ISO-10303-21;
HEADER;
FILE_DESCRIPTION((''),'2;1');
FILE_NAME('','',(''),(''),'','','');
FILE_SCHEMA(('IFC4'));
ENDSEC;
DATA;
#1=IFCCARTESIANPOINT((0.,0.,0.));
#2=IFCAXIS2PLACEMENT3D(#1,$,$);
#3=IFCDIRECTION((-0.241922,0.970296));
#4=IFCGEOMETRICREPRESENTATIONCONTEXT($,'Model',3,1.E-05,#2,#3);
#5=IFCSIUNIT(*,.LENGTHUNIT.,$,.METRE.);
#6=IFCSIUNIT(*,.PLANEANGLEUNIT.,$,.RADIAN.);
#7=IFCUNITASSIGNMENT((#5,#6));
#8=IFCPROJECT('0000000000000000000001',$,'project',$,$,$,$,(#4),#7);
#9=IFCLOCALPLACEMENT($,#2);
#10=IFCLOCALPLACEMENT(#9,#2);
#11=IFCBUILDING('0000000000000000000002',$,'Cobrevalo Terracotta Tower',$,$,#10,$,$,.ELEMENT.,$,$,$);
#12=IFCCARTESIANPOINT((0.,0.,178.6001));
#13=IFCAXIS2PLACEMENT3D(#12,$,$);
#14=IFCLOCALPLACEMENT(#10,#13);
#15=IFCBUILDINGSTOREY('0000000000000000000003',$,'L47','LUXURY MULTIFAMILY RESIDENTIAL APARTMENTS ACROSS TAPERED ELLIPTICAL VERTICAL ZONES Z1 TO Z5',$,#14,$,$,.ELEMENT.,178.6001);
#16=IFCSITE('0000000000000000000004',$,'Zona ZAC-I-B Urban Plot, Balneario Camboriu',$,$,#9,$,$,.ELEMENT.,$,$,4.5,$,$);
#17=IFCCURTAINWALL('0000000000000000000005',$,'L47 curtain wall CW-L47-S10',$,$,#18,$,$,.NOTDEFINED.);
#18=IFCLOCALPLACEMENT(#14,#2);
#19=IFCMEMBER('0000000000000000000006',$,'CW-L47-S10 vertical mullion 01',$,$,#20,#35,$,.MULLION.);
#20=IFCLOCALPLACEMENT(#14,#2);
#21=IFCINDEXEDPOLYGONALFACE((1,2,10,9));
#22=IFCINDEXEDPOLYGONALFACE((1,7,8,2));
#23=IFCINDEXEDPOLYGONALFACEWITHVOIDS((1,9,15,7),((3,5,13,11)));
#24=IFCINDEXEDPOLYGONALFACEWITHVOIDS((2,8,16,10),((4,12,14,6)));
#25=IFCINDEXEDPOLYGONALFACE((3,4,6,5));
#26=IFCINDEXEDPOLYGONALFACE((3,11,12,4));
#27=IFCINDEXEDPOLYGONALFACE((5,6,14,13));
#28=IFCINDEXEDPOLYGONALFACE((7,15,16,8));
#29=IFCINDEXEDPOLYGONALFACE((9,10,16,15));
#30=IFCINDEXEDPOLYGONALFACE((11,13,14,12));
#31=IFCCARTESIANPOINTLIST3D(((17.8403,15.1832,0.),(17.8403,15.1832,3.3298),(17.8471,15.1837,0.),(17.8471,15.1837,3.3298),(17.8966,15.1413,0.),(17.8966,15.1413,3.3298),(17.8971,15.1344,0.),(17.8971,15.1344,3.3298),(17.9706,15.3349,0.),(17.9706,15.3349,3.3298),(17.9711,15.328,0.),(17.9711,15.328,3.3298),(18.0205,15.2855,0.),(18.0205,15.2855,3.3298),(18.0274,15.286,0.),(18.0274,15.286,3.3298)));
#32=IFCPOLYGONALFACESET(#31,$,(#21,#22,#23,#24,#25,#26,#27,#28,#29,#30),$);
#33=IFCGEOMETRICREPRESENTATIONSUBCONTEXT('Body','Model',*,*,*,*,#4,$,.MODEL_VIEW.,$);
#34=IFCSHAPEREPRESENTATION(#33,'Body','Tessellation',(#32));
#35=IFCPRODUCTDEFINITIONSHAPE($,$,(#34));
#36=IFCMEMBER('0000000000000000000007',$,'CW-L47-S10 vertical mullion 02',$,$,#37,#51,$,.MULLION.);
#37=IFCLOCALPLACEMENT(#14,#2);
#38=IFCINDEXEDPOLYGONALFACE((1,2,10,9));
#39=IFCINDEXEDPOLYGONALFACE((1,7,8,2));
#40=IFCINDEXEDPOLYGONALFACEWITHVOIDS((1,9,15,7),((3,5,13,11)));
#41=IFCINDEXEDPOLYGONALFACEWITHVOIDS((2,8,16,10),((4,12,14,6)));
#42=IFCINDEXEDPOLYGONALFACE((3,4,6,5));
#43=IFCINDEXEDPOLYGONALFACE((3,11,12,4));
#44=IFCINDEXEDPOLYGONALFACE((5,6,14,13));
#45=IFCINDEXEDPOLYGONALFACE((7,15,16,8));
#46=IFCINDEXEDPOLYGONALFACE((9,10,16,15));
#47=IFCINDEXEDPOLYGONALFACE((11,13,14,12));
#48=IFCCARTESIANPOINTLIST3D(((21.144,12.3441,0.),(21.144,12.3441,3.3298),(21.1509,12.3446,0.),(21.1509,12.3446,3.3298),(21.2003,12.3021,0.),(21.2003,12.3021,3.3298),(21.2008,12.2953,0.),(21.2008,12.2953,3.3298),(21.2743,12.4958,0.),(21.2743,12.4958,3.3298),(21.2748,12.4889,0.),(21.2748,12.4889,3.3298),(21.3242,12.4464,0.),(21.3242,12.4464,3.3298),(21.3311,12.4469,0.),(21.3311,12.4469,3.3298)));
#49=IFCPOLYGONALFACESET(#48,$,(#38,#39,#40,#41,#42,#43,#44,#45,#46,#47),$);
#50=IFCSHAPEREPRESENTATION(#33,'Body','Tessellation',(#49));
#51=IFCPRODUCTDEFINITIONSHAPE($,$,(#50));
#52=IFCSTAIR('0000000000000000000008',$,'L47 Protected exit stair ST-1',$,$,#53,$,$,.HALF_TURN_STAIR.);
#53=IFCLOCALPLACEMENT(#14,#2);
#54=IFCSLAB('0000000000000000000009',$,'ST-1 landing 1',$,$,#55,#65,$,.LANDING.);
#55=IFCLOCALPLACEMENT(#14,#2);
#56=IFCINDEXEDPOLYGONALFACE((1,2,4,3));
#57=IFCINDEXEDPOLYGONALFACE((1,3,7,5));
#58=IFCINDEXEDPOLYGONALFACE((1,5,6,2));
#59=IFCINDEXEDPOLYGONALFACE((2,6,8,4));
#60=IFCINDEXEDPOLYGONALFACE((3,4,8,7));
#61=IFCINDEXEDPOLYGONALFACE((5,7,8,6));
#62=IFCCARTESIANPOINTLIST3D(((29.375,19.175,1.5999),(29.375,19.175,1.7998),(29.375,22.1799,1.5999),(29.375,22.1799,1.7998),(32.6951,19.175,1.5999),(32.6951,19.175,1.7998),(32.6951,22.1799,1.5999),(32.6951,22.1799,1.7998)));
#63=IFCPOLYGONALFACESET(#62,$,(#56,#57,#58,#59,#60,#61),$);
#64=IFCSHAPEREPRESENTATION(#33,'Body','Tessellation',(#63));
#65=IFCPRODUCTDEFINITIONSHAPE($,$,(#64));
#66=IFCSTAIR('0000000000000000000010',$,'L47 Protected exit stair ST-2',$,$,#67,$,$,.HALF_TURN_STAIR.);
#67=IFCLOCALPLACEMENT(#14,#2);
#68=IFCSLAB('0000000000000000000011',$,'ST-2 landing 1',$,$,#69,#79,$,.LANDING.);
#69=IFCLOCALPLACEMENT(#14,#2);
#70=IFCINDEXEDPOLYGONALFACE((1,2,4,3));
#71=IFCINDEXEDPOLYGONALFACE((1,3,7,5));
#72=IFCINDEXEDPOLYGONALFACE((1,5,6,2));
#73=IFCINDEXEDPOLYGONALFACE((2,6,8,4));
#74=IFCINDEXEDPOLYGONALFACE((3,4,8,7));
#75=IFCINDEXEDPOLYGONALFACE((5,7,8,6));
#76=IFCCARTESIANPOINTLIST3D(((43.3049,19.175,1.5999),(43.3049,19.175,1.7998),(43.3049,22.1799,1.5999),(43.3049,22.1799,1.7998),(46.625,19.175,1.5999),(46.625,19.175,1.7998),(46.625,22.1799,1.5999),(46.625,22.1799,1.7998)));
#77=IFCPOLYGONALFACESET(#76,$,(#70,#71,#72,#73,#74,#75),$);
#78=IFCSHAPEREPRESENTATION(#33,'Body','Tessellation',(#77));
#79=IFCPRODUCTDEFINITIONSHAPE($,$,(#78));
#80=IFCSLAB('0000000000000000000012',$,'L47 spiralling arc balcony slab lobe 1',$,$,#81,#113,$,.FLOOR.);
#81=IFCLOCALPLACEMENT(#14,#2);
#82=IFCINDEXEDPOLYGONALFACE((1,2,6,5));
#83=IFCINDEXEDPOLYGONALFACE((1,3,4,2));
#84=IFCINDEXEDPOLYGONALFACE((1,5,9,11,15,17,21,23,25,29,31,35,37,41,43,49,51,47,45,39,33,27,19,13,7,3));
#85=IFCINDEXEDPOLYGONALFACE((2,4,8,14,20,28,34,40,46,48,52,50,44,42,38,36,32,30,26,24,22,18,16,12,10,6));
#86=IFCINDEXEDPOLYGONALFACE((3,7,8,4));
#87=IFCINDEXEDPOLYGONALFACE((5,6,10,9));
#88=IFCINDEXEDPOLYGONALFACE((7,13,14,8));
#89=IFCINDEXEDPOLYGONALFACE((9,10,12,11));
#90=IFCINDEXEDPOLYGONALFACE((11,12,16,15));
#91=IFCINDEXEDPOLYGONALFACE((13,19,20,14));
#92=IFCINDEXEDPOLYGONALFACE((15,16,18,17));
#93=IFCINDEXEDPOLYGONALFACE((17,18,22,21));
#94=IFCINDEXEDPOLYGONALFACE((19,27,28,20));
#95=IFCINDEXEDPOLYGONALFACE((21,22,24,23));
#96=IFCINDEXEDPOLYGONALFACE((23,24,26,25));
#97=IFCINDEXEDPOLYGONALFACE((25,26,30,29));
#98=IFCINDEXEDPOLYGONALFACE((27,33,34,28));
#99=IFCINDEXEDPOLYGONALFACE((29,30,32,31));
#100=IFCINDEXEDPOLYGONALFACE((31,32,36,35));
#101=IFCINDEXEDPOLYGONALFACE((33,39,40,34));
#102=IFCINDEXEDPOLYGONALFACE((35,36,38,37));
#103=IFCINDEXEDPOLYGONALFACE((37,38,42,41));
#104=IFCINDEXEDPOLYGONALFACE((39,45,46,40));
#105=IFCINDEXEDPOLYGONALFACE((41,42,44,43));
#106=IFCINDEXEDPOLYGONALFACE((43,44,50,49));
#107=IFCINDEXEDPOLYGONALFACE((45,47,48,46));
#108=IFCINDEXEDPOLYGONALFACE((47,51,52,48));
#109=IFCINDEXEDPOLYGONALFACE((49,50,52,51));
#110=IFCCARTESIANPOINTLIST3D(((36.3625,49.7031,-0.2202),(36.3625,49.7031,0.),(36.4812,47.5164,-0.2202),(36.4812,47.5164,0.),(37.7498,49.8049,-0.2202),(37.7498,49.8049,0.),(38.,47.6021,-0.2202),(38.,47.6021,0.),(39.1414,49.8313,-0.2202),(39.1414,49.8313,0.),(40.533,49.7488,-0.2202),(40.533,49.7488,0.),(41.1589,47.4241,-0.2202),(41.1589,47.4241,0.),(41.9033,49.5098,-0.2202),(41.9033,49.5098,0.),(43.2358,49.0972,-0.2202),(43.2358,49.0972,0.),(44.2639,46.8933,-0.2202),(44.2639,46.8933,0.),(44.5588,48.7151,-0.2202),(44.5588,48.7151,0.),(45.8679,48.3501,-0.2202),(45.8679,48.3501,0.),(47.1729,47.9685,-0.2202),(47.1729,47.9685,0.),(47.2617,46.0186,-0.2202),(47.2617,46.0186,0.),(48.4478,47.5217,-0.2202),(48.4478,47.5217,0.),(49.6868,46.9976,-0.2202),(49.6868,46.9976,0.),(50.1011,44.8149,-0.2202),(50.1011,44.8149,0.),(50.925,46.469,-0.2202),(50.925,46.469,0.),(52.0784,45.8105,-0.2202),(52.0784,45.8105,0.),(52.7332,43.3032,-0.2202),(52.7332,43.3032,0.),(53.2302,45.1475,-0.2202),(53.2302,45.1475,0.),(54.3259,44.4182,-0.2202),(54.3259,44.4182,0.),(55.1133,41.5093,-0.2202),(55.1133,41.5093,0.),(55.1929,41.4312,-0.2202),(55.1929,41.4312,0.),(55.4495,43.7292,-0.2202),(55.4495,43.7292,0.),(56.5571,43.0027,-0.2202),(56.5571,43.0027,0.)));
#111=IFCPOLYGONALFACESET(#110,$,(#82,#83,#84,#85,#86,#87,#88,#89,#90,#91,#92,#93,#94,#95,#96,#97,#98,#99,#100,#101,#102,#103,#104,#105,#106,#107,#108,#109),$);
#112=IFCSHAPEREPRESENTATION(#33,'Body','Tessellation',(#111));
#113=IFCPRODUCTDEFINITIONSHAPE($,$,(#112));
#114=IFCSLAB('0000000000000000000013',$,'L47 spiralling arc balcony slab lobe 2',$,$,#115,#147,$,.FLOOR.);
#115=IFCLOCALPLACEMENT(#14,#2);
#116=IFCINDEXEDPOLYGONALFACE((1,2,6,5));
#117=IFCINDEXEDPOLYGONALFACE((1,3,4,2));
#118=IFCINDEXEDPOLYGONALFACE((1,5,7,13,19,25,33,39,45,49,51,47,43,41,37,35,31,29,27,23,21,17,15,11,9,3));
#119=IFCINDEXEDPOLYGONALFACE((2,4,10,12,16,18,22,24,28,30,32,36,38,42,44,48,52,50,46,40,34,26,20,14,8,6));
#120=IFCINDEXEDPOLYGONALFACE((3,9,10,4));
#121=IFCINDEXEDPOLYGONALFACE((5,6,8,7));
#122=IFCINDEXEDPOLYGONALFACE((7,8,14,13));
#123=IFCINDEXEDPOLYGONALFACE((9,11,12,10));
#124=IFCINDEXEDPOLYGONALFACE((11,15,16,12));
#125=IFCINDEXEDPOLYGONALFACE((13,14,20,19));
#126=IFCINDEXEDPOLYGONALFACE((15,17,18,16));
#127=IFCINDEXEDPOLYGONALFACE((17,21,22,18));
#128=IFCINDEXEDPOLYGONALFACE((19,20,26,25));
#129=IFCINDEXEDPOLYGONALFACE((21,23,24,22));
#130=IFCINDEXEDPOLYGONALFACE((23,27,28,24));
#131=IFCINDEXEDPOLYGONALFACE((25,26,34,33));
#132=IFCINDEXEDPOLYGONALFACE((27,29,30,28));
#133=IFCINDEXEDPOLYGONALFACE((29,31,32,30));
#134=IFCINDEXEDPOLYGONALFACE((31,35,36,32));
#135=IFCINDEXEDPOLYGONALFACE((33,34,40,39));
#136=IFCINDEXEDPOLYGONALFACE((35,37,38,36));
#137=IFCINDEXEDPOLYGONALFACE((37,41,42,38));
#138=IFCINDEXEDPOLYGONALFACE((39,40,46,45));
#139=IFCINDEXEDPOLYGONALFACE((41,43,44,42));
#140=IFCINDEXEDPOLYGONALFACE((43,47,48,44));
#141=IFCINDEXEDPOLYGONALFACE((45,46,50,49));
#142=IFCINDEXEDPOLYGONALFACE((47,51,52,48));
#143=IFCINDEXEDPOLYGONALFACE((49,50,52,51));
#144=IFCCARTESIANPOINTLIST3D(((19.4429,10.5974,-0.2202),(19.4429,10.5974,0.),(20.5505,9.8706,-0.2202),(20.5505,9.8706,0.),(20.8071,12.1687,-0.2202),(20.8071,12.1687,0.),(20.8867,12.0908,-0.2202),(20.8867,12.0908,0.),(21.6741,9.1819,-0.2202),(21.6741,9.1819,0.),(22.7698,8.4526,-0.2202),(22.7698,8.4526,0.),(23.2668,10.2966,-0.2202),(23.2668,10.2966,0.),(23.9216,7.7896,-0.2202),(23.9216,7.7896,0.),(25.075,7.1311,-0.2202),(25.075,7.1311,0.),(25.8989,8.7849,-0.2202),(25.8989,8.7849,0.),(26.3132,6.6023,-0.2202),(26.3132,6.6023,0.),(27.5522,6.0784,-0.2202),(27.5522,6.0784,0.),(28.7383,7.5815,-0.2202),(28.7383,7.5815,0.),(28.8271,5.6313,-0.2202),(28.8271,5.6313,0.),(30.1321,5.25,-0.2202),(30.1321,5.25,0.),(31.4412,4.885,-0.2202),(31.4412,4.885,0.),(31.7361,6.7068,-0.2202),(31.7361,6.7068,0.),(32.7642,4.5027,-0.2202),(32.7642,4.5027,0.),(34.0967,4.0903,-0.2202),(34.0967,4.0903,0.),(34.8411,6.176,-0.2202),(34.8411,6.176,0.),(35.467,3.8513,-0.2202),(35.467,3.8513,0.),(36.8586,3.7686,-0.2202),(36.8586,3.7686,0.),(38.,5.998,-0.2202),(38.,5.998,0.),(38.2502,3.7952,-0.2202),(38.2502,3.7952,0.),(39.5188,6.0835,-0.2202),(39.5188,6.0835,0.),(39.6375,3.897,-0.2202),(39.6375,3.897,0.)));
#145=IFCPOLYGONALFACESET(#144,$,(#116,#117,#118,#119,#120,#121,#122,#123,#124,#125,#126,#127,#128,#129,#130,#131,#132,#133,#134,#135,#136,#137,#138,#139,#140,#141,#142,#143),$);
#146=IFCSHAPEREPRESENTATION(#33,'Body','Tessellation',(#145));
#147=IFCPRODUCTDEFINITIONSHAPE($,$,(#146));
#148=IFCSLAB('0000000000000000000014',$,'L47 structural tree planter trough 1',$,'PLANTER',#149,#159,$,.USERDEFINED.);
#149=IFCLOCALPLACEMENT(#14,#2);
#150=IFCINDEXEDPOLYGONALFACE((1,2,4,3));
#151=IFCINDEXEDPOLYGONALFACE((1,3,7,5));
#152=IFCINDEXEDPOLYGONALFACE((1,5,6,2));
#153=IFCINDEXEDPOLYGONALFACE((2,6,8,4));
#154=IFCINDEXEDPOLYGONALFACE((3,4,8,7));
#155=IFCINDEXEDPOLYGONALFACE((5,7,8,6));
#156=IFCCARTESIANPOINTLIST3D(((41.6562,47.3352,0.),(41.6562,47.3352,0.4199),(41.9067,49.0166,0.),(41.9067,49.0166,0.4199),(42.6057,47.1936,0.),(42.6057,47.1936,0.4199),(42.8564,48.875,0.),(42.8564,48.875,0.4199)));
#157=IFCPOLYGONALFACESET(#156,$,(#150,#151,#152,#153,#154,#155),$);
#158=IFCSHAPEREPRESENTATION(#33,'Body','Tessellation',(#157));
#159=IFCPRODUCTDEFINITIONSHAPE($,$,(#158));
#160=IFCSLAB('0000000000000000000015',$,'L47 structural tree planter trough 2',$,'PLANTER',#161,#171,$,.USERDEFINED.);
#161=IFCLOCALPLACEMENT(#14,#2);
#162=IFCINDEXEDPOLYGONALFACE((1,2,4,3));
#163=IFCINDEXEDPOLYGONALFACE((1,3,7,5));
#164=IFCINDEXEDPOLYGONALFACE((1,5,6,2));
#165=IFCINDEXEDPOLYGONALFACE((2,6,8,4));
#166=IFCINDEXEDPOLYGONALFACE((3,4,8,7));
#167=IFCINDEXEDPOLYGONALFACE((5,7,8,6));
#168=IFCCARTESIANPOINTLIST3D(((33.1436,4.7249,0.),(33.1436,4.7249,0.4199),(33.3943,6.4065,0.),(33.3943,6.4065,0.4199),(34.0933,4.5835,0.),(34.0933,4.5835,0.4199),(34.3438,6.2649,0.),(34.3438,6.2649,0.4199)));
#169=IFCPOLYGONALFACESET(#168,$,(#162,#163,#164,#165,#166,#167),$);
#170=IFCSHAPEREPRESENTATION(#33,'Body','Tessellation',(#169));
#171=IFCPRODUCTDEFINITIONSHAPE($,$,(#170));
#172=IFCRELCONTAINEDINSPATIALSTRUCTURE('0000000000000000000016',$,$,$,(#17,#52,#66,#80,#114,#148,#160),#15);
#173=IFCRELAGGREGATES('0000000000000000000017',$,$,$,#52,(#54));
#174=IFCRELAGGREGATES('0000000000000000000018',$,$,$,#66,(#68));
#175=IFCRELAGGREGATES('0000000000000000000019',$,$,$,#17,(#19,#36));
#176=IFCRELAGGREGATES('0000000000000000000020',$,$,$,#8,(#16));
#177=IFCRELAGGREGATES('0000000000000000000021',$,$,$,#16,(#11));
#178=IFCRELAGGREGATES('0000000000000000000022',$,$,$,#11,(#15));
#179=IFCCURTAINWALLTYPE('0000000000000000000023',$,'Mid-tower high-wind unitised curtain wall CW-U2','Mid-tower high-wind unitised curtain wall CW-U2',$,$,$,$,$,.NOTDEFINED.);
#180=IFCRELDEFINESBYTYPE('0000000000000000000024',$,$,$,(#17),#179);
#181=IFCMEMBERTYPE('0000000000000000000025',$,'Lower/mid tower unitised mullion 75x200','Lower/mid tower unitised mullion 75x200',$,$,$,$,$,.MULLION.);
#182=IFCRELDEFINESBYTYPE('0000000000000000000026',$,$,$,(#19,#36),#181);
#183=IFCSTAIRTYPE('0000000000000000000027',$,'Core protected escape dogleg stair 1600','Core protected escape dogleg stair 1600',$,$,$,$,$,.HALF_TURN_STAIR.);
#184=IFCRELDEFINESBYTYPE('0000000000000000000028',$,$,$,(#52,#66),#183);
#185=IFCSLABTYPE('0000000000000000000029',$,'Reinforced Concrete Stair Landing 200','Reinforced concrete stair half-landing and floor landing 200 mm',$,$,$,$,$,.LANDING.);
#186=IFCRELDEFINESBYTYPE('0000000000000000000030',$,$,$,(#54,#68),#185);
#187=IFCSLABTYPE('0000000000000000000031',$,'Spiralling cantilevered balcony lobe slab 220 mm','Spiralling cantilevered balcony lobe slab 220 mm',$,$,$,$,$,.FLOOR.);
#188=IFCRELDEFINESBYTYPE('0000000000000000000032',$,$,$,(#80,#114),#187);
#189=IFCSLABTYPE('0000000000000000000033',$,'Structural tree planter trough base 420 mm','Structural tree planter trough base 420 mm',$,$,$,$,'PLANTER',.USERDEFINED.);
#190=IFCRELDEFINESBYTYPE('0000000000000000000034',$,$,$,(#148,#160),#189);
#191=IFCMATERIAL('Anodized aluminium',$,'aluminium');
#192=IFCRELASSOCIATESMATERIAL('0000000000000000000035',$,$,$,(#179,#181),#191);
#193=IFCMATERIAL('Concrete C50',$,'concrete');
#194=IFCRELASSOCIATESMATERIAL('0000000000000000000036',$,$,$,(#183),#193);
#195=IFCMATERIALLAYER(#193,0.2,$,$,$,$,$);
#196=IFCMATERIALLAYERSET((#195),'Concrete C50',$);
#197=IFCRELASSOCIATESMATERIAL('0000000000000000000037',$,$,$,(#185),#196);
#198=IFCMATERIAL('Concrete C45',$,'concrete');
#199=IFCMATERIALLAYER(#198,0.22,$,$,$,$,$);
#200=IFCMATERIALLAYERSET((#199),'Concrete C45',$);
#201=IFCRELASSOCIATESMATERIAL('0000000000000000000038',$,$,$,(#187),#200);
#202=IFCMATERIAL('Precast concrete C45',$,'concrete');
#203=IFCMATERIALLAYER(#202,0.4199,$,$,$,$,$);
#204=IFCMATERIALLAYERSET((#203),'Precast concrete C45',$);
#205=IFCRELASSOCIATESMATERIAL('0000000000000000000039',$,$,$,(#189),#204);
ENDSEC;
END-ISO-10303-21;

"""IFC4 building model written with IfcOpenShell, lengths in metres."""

from ifc_helpers import new_model, si_unit, direction, frame, origin, origin_2d, place, context, subcontext, project, spatial, polyline, hollow_rectangle, outline, extrude, source, transform, mapped, material, layer, layer_set, material_profile, profile_set, type_object, element, aggregate, save


model = new_model("IFC4")

# Units and contexts
model_context = context("Model", 3, precision=1e-05, world=origin(), true_north=direction((-0.241922, 0.970296)))
body_context = subcontext(model_context, "Body", "Model", "MODEL_VIEW")
ifc_project = project(units=[si_unit("LENGTHUNIT", "METRE"), si_unit("PLANEANGLEUNIT", "RADIAN")], contexts=[model_context])

# Site, building, storey
site_placement = place(None, origin())
site = spatial("IfcSite", under=ifc_project, at=site_placement, Name="Zona ZAC-I-B Urban Plot, Balneario Camboriu", CompositionType="ELEMENT", RefElevation=4.5)
building_placement = place(site_placement, origin())
building = spatial("IfcBuilding", under=site, at=building_placement, Name="Cobrevalo Terracotta Tower", CompositionType="ELEMENT")
storey_placement = place(building_placement, frame((0.0, 0.0, 178.6001)))
storey = spatial("IfcBuildingStorey", under=building, at=storey_placement, Name="L47", Description="LUXURY MULTIFAMILY RESIDENTIAL APARTMENTS ACROSS TAPERED ELLIPTICAL VERTICAL ZONES Z1 TO Z5", CompositionType="ELEMENT", Elevation=178.6001)

# Curtain wall
ifc_material_1 = material(Name="Anodized aluminium", Category="aluminium")
curtain_wall_type = type_object("IfcCurtainWallType", Name="Mid-tower high-wind unitised curtain wall CW-U2", Description="Mid-tower high-wind unitised curtain wall CW-U2", PredefinedType="NOTDEFINED", material=ifc_material_1)
curtain_wall_1_placement = place(storey_placement, origin())
curtain_wall_1 = element("IfcCurtainWall", 1, at=curtain_wall_1_placement, inside=storey, type_object=curtain_wall_type, Name="L47 curtain wall CW-L47-S10", PredefinedType="NOTDEFINED")

# Shared definitions
ifc_material_profile_1 = material_profile(ifc_material_1, hollow_rectangle(XDim=0.075, YDim=0.2, WallThickness=0.0049, at=origin_2d()), Name="CWM 75x200")
ifc_profile_set_1 = profile_set([ifc_material_profile_1], Name="Anodized aluminium")
member_type_1 = type_object("IfcMemberType", Name="Lower/mid tower unitised mullion 75x200", Description="Lower/mid tower unitised mullion 75x200", PredefinedType="MULLION", material=ifc_profile_set_1)
shared_shape_1 = source(origin(), body_context, "Body", "SweptSolid", [
    extrude(hollow_rectangle(XDim=0.075, YDim=0.2, WallThickness=0.0049, at=origin_2d()), origin(), (0.0, 0.0, 1.0), 3.3298),
])

# Members
member_1_placement = place(storey_placement, frame((17.9338, 15.2346, 0.0), z_axis=(0.0, 0.0, 1.0), x_axis=(0.758442, -0.651741, 0.0)))
member_1 = element("IfcMember", 2, at=member_1_placement, type_object=member_type_1, Name="CW-L47-S10 vertical mullion 01", PredefinedType="MULLION", context=body_context, shape_type="MappedRepresentation", body=[
    mapped(shared_shape_1, transform((0.0, 0.0, 0.0), scale=1.0)),
])
member_2_placement = place(storey_placement, frame((21.2375, 12.3955, 0.0), z_axis=(0.0, 0.0, 1.0), x_axis=(0.758442, -0.651741, 0.0)))
member_2 = element("IfcMember", 3, at=member_2_placement, type_object=member_type_1, Name="CW-L47-S10 vertical mullion 02", PredefinedType="MULLION", context=body_context, shape_type="MappedRepresentation", body=[
    mapped(shared_shape_1, transform((0.0, 0.0, 0.0), scale=1.0)),
])

# Stairs, slabs
ifc_material_2 = material(Name="Concrete C50", Category="concrete")
stair_type = type_object("IfcStairType", Name="Core protected escape dogleg stair 1600", Description="Core protected escape dogleg stair 1600", PredefinedType="HALF_TURN_STAIR", material=ifc_material_2)
stair_1_placement = place(storey_placement, origin())
stair_1 = element("IfcStair", 4, at=stair_1_placement, inside=storey, type_object=stair_type, Name="L47 Protected exit stair ST-1", PredefinedType="HALF_TURN_STAIR")
ifc_layer_1 = layer(ifc_material_2, 0.2)
ifc_layer_set_1 = layer_set([ifc_layer_1], Name="Concrete C50")
slab_type_1 = type_object("IfcSlabType", Name="Reinforced Concrete Stair Landing 200", Description="Reinforced concrete stair half-landing and floor landing 200 mm", PredefinedType="LANDING", material=ifc_layer_set_1)
slab_1_placement = place(storey_placement, frame((0.0, 0.0, 1.5999)))
slab_1 = element("IfcSlab", 5, at=slab_1_placement, type_object=slab_type_1, Name="ST-1 landing 1", PredefinedType="LANDING", context=body_context, shape_type="SweptSolid", body=[
    extrude(outline(polyline([(29.375, 22.1799), (29.375, 19.175), (32.6951, 19.175), (32.6951, 22.1799), (29.375, 22.1799)])), origin(), (0.0, 0.0, 1.0), 0.2),
])
aggregate(stair_1, [slab_1])
stair_2_placement = place(storey_placement, origin())
stair_2 = element("IfcStair", 6, at=stair_2_placement, inside=storey, type_object=stair_type, Name="L47 Protected exit stair ST-2", PredefinedType="HALF_TURN_STAIR")
slab_2_placement = place(storey_placement, frame((0.0, 0.0, 1.5999)))
slab_2 = element("IfcSlab", 7, at=slab_2_placement, type_object=slab_type_1, Name="ST-2 landing 1", PredefinedType="LANDING", context=body_context, shape_type="SweptSolid", body=[
    extrude(outline(polyline([(43.3049, 22.1799), (43.3049, 19.175), (46.625, 19.175), (46.625, 22.1799), (43.3049, 22.1799)])), origin(), (0.0, 0.0, 1.0), 0.2),
])
aggregate(stair_2, [slab_2])

# Slabs
ifc_material_3 = material(Name="Concrete C45", Category="concrete")
ifc_layer_2 = layer(ifc_material_3, 0.22)
ifc_layer_set_2 = layer_set([ifc_layer_2], Name="Concrete C45")
slab_type_2 = type_object("IfcSlabType", Name="Spiralling cantilevered balcony lobe slab 220 mm", Description="Spiralling cantilevered balcony lobe slab 220 mm", PredefinedType="FLOOR", material=ifc_layer_set_2)
slab_3_placement = place(storey_placement, frame((0.0, 0.0, -0.2202)))
element("IfcSlab", 8, at=slab_3_placement, inside=storey, type_object=slab_type_2, Name="L47 spiralling arc balcony slab lobe 1", PredefinedType="FLOOR", context=body_context, shape_type="SweptSolid", body=[
    extrude(outline(polyline([(56.5571, 43.0027), (55.4495, 43.7292), (54.3259, 44.4182), (53.2302, 45.1475), (52.0784, 45.8105), (50.925, 46.469), (49.6868, 46.9976), (48.4478, 47.5217), (47.1729, 47.9685), (45.8679, 48.3501), (44.5588, 48.7151), (43.2358, 49.0972), (41.9033, 49.5098), (40.533, 49.7488), (39.1414, 49.8313), (37.7498, 49.8049), (36.3625, 49.7031), (36.4812, 47.5164), (38.0, 47.6021), (41.1589, 47.4241), (44.2639, 46.8933), (47.2617, 46.0186), (50.1011, 44.8149), (52.7332, 43.3032), (55.1133, 41.5093), (55.1929, 41.4312), (56.5571, 43.0027)])), origin(), (0.0, 0.0, 1.0), 0.2202),
])
slab_4_placement = place(storey_placement, frame((0.0, 0.0, -0.2202)))
element("IfcSlab", 9, at=slab_4_placement, inside=storey, type_object=slab_type_2, Name="L47 spiralling arc balcony slab lobe 2", PredefinedType="FLOOR", context=body_context, shape_type="SweptSolid", body=[
    extrude(outline(polyline([(19.4429, 10.5974), (20.5505, 9.8706), (21.6741, 9.1819), (22.7698, 8.4526), (23.9216, 7.7896), (25.075, 7.1311), (26.3132, 6.6023), (27.5522, 6.0784), (28.8271, 5.6313), (30.1321, 5.25), (31.4412, 4.885), (32.7642, 4.5027), (34.0967, 4.0903), (35.467, 3.8513), (36.8586, 3.7686), (38.2502, 3.7952), (39.6375, 3.897), (39.5188, 6.0835), (38.0, 5.998), (34.8411, 6.176), (31.7361, 6.7068), (28.7383, 7.5815), (25.8989, 8.7849), (23.2668, 10.2966), (20.8867, 12.0908), (20.8071, 12.1687), (19.4429, 10.5974)])), origin(), (0.0, 0.0, 1.0), 0.2202),
])
ifc_material_4 = material(Name="Precast concrete C45", Category="concrete")
ifc_layer_3 = layer(ifc_material_4, 0.4199)
ifc_layer_set_3 = layer_set([ifc_layer_3], Name="Precast concrete C45")
slab_type_3 = type_object("IfcSlabType", Name="Structural tree planter trough base 420 mm", Description="Structural tree planter trough base 420 mm", ElementType="PLANTER", PredefinedType="USERDEFINED", material=ifc_layer_set_3)
slab_5_placement = place(storey_placement, origin())
element("IfcSlab", 10, at=slab_5_placement, inside=storey, type_object=slab_type_3, Name="L47 structural tree planter trough 1", ObjectType="PLANTER", PredefinedType="USERDEFINED", context=body_context, shape_type="SweptSolid", body=[
    extrude(outline(polyline([(42.6057, 47.1936), (42.8564, 48.875), (41.9067, 49.0166), (41.6562, 47.3352), (42.6057, 47.1936)])), origin(), (0.0, 0.0, 1.0), 0.4199),
])
slab_6_placement = place(storey_placement, origin())
element("IfcSlab", 11, at=slab_6_placement, inside=storey, type_object=slab_type_3, Name="L47 structural tree planter trough 2", ObjectType="PLANTER", PredefinedType="USERDEFINED", context=body_context, shape_type="SweptSolid", body=[
    extrude(outline(polyline([(33.3943, 6.4065), (33.1436, 4.7249), (34.0933, 4.5835), (34.3438, 6.2649), (33.3943, 6.4065)])), origin(), (0.0, 0.0, 1.0), 0.4199),
])

aggregate(curtain_wall_1, [member_1, member_2])

save(model, "model.ifc")
